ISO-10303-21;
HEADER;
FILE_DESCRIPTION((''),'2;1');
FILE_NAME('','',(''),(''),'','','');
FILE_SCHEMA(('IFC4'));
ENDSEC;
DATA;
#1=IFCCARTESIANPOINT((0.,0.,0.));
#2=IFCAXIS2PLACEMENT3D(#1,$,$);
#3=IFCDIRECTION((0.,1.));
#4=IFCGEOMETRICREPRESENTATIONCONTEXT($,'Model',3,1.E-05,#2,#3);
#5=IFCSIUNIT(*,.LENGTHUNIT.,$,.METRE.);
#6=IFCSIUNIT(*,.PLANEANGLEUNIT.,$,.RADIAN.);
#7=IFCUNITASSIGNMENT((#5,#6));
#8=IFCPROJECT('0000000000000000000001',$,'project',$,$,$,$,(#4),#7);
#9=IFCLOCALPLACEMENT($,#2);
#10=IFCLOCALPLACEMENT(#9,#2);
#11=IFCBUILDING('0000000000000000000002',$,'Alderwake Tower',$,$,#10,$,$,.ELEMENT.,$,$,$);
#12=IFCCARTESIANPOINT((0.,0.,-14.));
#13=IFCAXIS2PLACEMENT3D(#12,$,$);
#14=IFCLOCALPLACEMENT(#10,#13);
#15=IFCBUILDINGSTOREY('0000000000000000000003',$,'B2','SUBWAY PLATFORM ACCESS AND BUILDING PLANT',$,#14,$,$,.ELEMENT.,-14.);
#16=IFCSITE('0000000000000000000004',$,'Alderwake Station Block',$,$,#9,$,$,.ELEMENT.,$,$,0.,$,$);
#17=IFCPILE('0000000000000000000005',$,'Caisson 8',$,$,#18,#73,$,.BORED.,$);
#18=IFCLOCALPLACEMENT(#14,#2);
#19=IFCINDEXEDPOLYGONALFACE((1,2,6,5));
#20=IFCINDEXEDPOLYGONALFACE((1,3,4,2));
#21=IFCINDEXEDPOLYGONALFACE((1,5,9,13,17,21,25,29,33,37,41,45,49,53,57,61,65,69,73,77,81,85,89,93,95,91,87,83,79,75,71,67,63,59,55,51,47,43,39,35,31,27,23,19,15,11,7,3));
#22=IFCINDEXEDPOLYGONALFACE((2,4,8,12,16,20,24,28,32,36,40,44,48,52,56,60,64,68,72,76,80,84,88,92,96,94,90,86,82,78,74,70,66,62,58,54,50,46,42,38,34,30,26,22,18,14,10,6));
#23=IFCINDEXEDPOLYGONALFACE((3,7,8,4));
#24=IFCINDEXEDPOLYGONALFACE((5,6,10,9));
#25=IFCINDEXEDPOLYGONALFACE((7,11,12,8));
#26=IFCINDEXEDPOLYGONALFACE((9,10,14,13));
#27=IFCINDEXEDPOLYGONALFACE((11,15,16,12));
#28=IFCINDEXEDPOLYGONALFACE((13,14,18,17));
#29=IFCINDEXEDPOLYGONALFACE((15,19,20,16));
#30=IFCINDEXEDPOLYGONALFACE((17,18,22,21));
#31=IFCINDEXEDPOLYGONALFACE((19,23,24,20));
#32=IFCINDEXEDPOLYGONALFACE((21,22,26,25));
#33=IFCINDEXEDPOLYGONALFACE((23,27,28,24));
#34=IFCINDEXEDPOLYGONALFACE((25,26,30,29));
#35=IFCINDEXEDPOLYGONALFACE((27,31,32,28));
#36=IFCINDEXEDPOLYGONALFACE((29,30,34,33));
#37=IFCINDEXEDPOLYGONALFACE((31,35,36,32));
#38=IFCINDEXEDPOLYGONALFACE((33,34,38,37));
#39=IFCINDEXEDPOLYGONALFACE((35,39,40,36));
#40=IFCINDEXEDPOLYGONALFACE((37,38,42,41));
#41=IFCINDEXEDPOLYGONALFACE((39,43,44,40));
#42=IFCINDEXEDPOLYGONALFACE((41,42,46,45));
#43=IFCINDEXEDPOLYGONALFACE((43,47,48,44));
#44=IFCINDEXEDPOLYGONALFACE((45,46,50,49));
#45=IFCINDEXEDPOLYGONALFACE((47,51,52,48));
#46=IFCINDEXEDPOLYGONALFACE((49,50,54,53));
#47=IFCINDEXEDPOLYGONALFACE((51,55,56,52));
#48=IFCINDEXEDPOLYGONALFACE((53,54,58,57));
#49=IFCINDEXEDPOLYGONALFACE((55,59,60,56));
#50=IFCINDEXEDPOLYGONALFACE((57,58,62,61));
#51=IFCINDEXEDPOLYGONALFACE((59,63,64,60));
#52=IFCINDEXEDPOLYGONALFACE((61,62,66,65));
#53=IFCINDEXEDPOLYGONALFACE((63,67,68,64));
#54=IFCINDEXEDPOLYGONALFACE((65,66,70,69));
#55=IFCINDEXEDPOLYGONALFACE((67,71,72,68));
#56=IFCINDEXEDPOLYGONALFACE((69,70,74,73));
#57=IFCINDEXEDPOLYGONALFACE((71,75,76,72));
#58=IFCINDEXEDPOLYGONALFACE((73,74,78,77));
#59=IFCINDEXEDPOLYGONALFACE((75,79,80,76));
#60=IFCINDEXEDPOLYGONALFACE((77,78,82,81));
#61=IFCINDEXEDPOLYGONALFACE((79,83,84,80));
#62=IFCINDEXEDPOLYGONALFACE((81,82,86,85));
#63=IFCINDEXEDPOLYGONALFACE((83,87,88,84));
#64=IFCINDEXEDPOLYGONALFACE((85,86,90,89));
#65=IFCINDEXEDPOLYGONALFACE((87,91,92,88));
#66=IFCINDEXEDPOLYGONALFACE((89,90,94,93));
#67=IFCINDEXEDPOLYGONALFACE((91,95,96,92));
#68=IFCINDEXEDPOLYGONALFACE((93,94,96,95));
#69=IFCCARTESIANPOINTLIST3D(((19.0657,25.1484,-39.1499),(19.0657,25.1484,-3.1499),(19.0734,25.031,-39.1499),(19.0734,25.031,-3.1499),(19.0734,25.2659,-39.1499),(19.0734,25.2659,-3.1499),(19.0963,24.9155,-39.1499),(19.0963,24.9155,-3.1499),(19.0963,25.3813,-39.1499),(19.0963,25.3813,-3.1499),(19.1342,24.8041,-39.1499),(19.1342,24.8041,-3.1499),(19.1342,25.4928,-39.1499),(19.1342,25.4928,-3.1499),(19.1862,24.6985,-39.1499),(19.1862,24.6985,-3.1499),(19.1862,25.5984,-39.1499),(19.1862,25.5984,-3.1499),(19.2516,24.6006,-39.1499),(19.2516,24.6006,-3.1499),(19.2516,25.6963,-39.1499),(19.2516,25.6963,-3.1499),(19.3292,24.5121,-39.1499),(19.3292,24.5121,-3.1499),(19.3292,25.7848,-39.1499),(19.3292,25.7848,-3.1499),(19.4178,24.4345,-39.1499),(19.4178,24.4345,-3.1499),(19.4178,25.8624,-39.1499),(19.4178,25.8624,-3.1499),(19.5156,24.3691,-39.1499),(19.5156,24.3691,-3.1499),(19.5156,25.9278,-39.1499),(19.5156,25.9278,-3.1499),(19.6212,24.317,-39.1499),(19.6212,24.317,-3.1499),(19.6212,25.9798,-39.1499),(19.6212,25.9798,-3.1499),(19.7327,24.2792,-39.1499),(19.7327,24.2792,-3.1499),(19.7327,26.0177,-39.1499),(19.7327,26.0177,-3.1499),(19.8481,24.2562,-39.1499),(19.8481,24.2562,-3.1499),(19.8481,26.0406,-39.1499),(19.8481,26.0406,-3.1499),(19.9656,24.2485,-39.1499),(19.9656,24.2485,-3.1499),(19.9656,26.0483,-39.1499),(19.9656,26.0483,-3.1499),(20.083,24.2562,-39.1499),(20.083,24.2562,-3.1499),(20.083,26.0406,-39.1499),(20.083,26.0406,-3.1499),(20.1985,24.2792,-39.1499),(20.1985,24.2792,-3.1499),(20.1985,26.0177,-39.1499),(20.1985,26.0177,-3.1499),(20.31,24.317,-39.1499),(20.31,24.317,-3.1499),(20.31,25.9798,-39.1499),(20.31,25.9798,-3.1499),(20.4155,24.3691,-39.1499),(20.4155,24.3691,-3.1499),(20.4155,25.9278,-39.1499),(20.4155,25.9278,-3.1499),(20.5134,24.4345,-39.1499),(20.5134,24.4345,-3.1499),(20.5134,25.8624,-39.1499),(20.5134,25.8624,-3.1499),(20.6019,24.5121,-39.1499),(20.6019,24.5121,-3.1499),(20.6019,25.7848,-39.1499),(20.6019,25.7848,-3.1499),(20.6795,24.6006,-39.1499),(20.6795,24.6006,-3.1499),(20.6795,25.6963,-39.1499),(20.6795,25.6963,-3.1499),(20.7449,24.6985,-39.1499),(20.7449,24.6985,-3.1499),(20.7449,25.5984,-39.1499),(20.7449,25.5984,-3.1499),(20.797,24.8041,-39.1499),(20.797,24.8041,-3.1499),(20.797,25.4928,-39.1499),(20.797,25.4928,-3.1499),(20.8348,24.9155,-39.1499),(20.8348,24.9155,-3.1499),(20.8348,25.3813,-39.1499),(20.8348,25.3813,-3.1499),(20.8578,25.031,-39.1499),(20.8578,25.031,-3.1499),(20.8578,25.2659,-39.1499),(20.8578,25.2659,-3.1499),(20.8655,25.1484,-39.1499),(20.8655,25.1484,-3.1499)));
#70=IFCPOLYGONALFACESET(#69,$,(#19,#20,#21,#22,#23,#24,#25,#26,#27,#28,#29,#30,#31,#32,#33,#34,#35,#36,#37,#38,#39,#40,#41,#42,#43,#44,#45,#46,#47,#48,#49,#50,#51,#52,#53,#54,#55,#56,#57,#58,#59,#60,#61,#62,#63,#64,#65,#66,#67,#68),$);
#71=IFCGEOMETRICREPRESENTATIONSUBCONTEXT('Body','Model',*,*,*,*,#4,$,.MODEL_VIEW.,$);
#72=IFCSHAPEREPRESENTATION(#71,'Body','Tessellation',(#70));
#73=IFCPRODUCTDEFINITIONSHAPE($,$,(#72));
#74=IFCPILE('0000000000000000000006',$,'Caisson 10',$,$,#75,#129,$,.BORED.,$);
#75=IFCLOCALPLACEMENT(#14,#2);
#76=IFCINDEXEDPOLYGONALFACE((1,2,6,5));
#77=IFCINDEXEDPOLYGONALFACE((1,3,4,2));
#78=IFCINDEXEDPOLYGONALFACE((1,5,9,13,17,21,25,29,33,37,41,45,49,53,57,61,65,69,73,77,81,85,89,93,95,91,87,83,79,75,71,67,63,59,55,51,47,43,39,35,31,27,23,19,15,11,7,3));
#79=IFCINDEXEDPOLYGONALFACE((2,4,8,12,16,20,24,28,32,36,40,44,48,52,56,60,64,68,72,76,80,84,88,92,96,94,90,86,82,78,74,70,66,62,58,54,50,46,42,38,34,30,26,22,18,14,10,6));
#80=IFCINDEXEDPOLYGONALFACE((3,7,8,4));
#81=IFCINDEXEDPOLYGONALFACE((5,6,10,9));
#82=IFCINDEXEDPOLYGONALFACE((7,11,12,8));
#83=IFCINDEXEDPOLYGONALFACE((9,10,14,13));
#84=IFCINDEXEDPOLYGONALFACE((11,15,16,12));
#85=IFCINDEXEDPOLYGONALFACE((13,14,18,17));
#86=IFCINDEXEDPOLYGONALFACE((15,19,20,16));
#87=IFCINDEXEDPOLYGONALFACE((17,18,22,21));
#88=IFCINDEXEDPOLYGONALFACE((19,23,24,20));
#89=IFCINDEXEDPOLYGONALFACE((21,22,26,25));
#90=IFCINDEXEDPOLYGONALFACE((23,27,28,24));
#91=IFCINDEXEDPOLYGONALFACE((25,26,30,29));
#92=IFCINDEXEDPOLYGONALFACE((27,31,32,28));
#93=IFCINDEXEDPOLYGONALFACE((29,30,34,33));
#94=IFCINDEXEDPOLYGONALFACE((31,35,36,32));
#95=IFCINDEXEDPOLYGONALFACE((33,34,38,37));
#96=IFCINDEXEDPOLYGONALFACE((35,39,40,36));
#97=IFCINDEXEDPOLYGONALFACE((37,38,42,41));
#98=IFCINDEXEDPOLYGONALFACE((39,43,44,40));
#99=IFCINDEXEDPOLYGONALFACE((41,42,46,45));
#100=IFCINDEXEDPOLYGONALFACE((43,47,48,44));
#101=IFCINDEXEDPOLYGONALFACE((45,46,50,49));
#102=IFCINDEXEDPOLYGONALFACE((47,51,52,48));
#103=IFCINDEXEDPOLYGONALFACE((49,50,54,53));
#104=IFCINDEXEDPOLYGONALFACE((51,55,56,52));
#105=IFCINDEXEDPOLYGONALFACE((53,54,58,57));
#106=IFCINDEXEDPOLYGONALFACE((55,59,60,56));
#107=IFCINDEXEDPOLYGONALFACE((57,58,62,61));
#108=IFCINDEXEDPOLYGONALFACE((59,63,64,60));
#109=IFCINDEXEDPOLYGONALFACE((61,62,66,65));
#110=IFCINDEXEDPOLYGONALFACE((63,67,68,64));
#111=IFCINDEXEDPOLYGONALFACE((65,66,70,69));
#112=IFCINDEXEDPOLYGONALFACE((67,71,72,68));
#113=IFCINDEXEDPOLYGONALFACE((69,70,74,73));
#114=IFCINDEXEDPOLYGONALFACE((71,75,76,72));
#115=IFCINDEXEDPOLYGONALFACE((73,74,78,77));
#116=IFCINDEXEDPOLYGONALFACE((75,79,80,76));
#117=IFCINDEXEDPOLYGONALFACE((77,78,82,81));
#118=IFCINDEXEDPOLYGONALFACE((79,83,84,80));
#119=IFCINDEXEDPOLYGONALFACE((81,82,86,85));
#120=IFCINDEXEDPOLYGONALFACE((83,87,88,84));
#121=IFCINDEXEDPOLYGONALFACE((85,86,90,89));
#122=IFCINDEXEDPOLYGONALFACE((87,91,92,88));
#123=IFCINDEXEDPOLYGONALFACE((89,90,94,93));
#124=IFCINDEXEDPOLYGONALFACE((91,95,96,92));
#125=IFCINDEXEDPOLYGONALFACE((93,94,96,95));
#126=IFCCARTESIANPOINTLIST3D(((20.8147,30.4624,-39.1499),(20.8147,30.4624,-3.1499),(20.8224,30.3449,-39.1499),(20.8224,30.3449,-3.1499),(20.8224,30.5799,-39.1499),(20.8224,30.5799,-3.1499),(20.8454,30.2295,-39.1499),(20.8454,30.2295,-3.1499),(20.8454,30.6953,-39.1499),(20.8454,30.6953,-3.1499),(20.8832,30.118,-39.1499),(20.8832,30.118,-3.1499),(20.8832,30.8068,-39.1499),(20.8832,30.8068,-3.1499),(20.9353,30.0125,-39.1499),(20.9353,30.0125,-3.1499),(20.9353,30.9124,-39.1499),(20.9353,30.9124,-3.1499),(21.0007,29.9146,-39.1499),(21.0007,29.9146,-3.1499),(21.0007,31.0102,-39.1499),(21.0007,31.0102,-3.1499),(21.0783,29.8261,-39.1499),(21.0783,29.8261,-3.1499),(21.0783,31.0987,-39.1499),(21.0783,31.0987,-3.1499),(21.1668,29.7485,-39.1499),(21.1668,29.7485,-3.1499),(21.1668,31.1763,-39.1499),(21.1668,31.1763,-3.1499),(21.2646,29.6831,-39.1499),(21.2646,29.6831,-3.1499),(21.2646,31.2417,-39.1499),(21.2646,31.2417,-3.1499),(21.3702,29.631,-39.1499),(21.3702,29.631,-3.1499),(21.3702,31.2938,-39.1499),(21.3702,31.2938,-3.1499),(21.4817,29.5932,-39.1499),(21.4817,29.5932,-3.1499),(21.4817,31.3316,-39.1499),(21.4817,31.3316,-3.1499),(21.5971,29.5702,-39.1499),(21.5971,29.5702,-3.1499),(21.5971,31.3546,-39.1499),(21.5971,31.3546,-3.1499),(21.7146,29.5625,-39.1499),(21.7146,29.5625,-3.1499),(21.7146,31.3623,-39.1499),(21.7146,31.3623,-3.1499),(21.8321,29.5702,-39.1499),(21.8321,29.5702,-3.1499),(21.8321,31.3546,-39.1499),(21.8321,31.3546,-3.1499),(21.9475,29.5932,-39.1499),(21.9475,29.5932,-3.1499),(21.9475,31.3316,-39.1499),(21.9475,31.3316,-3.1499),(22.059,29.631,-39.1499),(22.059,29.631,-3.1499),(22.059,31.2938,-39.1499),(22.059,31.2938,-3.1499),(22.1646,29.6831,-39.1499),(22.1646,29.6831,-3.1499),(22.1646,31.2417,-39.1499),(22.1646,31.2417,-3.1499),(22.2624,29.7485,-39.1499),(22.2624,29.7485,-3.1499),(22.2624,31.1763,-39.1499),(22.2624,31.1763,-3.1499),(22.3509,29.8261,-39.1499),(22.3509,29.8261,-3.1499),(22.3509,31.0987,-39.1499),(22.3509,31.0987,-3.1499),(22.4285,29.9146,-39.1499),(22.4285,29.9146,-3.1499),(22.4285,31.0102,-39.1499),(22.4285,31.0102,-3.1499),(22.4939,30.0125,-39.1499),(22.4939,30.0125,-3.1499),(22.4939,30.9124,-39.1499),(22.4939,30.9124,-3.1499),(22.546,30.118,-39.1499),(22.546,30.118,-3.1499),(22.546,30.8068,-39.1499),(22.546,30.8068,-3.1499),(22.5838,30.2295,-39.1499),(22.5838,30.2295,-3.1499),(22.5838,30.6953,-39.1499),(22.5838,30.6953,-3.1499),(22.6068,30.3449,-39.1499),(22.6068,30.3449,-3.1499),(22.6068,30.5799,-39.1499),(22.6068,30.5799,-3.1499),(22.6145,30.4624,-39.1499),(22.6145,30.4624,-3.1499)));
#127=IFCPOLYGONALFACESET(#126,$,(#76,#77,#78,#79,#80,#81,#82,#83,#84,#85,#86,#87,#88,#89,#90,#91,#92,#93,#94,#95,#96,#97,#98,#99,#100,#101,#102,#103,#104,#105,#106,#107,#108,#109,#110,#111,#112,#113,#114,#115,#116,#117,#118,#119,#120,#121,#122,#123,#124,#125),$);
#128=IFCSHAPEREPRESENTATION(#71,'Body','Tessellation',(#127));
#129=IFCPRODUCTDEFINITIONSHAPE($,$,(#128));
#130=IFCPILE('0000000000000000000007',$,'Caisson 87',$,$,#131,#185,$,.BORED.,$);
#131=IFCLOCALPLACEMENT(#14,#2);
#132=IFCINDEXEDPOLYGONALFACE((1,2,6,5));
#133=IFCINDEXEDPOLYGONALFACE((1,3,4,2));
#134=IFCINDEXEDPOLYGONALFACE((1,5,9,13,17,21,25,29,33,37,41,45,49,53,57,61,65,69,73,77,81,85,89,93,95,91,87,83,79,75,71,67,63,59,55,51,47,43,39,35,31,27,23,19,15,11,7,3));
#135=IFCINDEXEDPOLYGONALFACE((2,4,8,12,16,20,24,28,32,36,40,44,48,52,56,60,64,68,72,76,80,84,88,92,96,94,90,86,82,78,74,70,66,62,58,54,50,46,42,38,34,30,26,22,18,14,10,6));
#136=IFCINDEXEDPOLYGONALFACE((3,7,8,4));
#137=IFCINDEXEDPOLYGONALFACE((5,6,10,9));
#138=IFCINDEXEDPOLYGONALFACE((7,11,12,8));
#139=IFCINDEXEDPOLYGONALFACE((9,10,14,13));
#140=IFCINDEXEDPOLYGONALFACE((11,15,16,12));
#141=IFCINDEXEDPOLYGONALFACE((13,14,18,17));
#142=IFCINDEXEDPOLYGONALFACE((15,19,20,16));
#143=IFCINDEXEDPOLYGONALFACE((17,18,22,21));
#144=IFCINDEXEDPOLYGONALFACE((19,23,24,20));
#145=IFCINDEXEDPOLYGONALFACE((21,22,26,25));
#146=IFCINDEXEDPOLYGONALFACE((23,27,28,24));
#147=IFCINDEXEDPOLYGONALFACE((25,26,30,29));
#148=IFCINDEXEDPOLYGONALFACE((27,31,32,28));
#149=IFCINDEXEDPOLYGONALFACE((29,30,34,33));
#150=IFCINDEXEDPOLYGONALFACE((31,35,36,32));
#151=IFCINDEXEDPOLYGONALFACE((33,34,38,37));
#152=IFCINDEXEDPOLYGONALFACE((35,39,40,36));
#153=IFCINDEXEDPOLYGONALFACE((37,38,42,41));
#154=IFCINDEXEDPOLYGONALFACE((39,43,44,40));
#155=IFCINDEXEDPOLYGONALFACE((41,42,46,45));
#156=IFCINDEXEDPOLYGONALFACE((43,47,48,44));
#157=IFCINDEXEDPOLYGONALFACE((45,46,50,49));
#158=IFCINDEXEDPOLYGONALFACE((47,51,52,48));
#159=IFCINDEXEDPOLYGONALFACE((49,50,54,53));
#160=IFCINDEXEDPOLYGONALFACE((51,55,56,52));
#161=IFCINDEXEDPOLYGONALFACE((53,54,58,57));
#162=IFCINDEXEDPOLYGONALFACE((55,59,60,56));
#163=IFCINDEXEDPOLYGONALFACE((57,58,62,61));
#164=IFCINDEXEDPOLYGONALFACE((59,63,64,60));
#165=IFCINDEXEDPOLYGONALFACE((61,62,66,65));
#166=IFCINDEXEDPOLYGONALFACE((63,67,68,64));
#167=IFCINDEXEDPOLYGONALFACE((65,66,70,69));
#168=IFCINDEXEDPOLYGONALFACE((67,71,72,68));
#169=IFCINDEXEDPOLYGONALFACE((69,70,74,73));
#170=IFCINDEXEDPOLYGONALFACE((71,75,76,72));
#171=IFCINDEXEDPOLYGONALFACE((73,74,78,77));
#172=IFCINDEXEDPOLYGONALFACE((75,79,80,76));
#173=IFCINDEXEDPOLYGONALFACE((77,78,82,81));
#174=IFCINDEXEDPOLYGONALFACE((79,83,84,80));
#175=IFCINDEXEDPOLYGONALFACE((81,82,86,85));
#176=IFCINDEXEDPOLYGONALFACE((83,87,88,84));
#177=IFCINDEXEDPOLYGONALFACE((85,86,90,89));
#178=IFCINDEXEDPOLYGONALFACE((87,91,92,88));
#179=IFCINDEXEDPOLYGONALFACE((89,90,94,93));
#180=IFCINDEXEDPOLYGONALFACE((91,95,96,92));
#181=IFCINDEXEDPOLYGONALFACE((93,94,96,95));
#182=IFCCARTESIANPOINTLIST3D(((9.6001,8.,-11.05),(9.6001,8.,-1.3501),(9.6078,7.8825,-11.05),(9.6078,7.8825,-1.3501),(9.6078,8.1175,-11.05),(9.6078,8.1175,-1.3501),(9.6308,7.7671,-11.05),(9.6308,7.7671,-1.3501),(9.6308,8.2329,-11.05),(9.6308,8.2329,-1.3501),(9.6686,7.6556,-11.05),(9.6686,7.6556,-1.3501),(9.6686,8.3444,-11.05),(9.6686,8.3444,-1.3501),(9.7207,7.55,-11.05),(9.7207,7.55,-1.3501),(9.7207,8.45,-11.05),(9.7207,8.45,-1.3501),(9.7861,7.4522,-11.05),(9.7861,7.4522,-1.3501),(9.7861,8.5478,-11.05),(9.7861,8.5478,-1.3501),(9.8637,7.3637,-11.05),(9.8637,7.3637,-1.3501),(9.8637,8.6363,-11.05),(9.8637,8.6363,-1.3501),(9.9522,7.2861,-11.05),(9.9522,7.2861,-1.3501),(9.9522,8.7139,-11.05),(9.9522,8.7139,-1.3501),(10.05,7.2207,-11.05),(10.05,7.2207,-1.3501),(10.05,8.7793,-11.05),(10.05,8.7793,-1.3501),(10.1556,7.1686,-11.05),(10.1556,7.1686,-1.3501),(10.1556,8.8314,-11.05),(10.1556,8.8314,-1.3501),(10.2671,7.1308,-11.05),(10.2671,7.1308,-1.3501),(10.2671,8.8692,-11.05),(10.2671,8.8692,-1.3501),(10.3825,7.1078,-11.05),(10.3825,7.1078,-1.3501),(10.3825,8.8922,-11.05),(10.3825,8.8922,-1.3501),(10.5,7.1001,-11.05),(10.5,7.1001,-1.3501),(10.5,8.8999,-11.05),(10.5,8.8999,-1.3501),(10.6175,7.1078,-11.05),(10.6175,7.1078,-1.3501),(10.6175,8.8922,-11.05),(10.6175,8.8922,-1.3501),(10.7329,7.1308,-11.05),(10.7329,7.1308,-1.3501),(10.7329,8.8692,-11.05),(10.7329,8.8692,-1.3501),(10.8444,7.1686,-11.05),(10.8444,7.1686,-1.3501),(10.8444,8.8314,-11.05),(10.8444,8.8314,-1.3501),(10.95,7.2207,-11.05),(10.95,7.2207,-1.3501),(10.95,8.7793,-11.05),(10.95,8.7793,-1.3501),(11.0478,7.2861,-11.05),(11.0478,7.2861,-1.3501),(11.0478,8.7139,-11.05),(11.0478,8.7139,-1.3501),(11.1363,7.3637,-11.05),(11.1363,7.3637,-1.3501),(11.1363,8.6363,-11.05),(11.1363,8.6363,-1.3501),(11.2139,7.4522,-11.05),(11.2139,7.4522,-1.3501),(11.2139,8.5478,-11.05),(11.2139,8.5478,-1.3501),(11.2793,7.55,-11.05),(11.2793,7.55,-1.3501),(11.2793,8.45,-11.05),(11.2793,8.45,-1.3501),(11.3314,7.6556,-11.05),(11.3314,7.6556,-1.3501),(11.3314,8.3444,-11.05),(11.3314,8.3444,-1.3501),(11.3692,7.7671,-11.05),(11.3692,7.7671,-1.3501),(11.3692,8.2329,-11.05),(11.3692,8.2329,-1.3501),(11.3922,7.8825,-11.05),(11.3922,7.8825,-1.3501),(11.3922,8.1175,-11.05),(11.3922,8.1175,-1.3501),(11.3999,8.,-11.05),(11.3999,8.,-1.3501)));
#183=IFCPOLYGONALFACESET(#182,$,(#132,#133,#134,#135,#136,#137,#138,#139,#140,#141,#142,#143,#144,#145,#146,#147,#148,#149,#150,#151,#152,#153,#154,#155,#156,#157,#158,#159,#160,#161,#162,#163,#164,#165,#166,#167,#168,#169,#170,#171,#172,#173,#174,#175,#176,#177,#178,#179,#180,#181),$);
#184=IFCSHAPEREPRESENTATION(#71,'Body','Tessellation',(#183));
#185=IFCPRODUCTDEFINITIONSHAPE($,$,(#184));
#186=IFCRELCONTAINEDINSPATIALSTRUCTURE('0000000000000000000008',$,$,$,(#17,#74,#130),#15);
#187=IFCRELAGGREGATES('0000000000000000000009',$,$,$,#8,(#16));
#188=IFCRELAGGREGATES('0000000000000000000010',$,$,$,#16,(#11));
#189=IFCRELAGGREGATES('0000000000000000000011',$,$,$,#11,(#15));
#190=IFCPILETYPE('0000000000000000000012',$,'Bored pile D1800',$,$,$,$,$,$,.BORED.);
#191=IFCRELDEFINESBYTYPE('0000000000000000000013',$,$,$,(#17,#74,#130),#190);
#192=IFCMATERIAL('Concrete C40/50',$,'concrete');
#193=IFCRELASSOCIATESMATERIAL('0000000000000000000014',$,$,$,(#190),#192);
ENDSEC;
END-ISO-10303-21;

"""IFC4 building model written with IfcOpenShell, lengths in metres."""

from ifc_helpers import new_model, si_unit, direction, frame, origin, origin_2d, place, context, subcontext, project, spatial, circle, extrude, material, material_profile, profile_set, type_object, element, save


model = new_model("IFC4")

# Units and contexts
model_context = context("Model", 3, precision=1e-05, world=origin(), true_north=direction((0.0, 1.0)))
body_context = subcontext(model_context, "Body", "Model", "MODEL_VIEW")
ifc_project = project(units=[si_unit("LENGTHUNIT", "METRE"), si_unit("PLANEANGLEUNIT", "RADIAN")], contexts=[model_context])

# Site, building, storey
site_placement = place(None, origin())
site = spatial("IfcSite", under=ifc_project, at=site_placement, Name="Alderwake Station Block", CompositionType="ELEMENT", RefElevation=0.0)
building_placement = place(site_placement, origin())
building = spatial("IfcBuilding", under=site, at=building_placement, Name="Alderwake Tower", CompositionType="ELEMENT")
storey_placement = place(building_placement, frame((0.0, 0.0, -14.0)))
storey = spatial("IfcBuildingStorey", under=building, at=storey_placement, Name="B2", Description="SUBWAY PLATFORM ACCESS AND BUILDING PLANT", CompositionType="ELEMENT", Elevation=-14.0)

# Piles
ifc_material_1 = material(Name="Concrete C40/50", Category="concrete")
ifc_material_profile_1 = material_profile(ifc_material_1, circle(Radius=0.8999, at=origin_2d()), Name="PILE 1800")
ifc_profile_set_1 = profile_set([ifc_material_profile_1], Name="Concrete C40/50")
pile_type_1 = type_object("IfcPileType", Name="Bored pile D1800", PredefinedType="BORED", material=ifc_profile_set_1)
for number, where, z_axis, x_axis, name in (
    (1, (19.9656, 25.1484, -3.1499), (0.0, 0.0, -1.0), (1.0, 0.0, 0.0), "Caisson 8"),
    (2, (21.7146, 30.4624, -3.1499), (0.0, 0.0, -1.0), (1.0, 0.0, 0.0), "Caisson 10"),
):
    element("IfcPile", number, at=place(storey_placement, frame(where, z_axis=z_axis, x_axis=x_axis)), inside=storey, type_object=pile_type_1, Name=name, PredefinedType="BORED", context=body_context, shape_type="SweptSolid", body=[
        extrude(circle(Radius=0.8999, at=origin_2d()), origin(), (0.0, 0.0, 1.0), 36.0),
    ])
for number, where, z_axis, x_axis, name in (
    (3, (10.5, 8.0, -1.3501), (0.0, 0.0, -1.0), (1.0, 0.0, 0.0), "Caisson 87"),
):
    element("IfcPile", number, at=place(storey_placement, frame(where, z_axis=z_axis, x_axis=x_axis)), inside=storey, type_object=pile_type_1, Name=name, PredefinedType="BORED", context=body_context, shape_type="SweptSolid", body=[
        extrude(circle(Radius=0.8999, at=origin_2d()), origin(), (0.0, 0.0, 1.0), 9.7),
    ])

save(model, "model.ifc")
